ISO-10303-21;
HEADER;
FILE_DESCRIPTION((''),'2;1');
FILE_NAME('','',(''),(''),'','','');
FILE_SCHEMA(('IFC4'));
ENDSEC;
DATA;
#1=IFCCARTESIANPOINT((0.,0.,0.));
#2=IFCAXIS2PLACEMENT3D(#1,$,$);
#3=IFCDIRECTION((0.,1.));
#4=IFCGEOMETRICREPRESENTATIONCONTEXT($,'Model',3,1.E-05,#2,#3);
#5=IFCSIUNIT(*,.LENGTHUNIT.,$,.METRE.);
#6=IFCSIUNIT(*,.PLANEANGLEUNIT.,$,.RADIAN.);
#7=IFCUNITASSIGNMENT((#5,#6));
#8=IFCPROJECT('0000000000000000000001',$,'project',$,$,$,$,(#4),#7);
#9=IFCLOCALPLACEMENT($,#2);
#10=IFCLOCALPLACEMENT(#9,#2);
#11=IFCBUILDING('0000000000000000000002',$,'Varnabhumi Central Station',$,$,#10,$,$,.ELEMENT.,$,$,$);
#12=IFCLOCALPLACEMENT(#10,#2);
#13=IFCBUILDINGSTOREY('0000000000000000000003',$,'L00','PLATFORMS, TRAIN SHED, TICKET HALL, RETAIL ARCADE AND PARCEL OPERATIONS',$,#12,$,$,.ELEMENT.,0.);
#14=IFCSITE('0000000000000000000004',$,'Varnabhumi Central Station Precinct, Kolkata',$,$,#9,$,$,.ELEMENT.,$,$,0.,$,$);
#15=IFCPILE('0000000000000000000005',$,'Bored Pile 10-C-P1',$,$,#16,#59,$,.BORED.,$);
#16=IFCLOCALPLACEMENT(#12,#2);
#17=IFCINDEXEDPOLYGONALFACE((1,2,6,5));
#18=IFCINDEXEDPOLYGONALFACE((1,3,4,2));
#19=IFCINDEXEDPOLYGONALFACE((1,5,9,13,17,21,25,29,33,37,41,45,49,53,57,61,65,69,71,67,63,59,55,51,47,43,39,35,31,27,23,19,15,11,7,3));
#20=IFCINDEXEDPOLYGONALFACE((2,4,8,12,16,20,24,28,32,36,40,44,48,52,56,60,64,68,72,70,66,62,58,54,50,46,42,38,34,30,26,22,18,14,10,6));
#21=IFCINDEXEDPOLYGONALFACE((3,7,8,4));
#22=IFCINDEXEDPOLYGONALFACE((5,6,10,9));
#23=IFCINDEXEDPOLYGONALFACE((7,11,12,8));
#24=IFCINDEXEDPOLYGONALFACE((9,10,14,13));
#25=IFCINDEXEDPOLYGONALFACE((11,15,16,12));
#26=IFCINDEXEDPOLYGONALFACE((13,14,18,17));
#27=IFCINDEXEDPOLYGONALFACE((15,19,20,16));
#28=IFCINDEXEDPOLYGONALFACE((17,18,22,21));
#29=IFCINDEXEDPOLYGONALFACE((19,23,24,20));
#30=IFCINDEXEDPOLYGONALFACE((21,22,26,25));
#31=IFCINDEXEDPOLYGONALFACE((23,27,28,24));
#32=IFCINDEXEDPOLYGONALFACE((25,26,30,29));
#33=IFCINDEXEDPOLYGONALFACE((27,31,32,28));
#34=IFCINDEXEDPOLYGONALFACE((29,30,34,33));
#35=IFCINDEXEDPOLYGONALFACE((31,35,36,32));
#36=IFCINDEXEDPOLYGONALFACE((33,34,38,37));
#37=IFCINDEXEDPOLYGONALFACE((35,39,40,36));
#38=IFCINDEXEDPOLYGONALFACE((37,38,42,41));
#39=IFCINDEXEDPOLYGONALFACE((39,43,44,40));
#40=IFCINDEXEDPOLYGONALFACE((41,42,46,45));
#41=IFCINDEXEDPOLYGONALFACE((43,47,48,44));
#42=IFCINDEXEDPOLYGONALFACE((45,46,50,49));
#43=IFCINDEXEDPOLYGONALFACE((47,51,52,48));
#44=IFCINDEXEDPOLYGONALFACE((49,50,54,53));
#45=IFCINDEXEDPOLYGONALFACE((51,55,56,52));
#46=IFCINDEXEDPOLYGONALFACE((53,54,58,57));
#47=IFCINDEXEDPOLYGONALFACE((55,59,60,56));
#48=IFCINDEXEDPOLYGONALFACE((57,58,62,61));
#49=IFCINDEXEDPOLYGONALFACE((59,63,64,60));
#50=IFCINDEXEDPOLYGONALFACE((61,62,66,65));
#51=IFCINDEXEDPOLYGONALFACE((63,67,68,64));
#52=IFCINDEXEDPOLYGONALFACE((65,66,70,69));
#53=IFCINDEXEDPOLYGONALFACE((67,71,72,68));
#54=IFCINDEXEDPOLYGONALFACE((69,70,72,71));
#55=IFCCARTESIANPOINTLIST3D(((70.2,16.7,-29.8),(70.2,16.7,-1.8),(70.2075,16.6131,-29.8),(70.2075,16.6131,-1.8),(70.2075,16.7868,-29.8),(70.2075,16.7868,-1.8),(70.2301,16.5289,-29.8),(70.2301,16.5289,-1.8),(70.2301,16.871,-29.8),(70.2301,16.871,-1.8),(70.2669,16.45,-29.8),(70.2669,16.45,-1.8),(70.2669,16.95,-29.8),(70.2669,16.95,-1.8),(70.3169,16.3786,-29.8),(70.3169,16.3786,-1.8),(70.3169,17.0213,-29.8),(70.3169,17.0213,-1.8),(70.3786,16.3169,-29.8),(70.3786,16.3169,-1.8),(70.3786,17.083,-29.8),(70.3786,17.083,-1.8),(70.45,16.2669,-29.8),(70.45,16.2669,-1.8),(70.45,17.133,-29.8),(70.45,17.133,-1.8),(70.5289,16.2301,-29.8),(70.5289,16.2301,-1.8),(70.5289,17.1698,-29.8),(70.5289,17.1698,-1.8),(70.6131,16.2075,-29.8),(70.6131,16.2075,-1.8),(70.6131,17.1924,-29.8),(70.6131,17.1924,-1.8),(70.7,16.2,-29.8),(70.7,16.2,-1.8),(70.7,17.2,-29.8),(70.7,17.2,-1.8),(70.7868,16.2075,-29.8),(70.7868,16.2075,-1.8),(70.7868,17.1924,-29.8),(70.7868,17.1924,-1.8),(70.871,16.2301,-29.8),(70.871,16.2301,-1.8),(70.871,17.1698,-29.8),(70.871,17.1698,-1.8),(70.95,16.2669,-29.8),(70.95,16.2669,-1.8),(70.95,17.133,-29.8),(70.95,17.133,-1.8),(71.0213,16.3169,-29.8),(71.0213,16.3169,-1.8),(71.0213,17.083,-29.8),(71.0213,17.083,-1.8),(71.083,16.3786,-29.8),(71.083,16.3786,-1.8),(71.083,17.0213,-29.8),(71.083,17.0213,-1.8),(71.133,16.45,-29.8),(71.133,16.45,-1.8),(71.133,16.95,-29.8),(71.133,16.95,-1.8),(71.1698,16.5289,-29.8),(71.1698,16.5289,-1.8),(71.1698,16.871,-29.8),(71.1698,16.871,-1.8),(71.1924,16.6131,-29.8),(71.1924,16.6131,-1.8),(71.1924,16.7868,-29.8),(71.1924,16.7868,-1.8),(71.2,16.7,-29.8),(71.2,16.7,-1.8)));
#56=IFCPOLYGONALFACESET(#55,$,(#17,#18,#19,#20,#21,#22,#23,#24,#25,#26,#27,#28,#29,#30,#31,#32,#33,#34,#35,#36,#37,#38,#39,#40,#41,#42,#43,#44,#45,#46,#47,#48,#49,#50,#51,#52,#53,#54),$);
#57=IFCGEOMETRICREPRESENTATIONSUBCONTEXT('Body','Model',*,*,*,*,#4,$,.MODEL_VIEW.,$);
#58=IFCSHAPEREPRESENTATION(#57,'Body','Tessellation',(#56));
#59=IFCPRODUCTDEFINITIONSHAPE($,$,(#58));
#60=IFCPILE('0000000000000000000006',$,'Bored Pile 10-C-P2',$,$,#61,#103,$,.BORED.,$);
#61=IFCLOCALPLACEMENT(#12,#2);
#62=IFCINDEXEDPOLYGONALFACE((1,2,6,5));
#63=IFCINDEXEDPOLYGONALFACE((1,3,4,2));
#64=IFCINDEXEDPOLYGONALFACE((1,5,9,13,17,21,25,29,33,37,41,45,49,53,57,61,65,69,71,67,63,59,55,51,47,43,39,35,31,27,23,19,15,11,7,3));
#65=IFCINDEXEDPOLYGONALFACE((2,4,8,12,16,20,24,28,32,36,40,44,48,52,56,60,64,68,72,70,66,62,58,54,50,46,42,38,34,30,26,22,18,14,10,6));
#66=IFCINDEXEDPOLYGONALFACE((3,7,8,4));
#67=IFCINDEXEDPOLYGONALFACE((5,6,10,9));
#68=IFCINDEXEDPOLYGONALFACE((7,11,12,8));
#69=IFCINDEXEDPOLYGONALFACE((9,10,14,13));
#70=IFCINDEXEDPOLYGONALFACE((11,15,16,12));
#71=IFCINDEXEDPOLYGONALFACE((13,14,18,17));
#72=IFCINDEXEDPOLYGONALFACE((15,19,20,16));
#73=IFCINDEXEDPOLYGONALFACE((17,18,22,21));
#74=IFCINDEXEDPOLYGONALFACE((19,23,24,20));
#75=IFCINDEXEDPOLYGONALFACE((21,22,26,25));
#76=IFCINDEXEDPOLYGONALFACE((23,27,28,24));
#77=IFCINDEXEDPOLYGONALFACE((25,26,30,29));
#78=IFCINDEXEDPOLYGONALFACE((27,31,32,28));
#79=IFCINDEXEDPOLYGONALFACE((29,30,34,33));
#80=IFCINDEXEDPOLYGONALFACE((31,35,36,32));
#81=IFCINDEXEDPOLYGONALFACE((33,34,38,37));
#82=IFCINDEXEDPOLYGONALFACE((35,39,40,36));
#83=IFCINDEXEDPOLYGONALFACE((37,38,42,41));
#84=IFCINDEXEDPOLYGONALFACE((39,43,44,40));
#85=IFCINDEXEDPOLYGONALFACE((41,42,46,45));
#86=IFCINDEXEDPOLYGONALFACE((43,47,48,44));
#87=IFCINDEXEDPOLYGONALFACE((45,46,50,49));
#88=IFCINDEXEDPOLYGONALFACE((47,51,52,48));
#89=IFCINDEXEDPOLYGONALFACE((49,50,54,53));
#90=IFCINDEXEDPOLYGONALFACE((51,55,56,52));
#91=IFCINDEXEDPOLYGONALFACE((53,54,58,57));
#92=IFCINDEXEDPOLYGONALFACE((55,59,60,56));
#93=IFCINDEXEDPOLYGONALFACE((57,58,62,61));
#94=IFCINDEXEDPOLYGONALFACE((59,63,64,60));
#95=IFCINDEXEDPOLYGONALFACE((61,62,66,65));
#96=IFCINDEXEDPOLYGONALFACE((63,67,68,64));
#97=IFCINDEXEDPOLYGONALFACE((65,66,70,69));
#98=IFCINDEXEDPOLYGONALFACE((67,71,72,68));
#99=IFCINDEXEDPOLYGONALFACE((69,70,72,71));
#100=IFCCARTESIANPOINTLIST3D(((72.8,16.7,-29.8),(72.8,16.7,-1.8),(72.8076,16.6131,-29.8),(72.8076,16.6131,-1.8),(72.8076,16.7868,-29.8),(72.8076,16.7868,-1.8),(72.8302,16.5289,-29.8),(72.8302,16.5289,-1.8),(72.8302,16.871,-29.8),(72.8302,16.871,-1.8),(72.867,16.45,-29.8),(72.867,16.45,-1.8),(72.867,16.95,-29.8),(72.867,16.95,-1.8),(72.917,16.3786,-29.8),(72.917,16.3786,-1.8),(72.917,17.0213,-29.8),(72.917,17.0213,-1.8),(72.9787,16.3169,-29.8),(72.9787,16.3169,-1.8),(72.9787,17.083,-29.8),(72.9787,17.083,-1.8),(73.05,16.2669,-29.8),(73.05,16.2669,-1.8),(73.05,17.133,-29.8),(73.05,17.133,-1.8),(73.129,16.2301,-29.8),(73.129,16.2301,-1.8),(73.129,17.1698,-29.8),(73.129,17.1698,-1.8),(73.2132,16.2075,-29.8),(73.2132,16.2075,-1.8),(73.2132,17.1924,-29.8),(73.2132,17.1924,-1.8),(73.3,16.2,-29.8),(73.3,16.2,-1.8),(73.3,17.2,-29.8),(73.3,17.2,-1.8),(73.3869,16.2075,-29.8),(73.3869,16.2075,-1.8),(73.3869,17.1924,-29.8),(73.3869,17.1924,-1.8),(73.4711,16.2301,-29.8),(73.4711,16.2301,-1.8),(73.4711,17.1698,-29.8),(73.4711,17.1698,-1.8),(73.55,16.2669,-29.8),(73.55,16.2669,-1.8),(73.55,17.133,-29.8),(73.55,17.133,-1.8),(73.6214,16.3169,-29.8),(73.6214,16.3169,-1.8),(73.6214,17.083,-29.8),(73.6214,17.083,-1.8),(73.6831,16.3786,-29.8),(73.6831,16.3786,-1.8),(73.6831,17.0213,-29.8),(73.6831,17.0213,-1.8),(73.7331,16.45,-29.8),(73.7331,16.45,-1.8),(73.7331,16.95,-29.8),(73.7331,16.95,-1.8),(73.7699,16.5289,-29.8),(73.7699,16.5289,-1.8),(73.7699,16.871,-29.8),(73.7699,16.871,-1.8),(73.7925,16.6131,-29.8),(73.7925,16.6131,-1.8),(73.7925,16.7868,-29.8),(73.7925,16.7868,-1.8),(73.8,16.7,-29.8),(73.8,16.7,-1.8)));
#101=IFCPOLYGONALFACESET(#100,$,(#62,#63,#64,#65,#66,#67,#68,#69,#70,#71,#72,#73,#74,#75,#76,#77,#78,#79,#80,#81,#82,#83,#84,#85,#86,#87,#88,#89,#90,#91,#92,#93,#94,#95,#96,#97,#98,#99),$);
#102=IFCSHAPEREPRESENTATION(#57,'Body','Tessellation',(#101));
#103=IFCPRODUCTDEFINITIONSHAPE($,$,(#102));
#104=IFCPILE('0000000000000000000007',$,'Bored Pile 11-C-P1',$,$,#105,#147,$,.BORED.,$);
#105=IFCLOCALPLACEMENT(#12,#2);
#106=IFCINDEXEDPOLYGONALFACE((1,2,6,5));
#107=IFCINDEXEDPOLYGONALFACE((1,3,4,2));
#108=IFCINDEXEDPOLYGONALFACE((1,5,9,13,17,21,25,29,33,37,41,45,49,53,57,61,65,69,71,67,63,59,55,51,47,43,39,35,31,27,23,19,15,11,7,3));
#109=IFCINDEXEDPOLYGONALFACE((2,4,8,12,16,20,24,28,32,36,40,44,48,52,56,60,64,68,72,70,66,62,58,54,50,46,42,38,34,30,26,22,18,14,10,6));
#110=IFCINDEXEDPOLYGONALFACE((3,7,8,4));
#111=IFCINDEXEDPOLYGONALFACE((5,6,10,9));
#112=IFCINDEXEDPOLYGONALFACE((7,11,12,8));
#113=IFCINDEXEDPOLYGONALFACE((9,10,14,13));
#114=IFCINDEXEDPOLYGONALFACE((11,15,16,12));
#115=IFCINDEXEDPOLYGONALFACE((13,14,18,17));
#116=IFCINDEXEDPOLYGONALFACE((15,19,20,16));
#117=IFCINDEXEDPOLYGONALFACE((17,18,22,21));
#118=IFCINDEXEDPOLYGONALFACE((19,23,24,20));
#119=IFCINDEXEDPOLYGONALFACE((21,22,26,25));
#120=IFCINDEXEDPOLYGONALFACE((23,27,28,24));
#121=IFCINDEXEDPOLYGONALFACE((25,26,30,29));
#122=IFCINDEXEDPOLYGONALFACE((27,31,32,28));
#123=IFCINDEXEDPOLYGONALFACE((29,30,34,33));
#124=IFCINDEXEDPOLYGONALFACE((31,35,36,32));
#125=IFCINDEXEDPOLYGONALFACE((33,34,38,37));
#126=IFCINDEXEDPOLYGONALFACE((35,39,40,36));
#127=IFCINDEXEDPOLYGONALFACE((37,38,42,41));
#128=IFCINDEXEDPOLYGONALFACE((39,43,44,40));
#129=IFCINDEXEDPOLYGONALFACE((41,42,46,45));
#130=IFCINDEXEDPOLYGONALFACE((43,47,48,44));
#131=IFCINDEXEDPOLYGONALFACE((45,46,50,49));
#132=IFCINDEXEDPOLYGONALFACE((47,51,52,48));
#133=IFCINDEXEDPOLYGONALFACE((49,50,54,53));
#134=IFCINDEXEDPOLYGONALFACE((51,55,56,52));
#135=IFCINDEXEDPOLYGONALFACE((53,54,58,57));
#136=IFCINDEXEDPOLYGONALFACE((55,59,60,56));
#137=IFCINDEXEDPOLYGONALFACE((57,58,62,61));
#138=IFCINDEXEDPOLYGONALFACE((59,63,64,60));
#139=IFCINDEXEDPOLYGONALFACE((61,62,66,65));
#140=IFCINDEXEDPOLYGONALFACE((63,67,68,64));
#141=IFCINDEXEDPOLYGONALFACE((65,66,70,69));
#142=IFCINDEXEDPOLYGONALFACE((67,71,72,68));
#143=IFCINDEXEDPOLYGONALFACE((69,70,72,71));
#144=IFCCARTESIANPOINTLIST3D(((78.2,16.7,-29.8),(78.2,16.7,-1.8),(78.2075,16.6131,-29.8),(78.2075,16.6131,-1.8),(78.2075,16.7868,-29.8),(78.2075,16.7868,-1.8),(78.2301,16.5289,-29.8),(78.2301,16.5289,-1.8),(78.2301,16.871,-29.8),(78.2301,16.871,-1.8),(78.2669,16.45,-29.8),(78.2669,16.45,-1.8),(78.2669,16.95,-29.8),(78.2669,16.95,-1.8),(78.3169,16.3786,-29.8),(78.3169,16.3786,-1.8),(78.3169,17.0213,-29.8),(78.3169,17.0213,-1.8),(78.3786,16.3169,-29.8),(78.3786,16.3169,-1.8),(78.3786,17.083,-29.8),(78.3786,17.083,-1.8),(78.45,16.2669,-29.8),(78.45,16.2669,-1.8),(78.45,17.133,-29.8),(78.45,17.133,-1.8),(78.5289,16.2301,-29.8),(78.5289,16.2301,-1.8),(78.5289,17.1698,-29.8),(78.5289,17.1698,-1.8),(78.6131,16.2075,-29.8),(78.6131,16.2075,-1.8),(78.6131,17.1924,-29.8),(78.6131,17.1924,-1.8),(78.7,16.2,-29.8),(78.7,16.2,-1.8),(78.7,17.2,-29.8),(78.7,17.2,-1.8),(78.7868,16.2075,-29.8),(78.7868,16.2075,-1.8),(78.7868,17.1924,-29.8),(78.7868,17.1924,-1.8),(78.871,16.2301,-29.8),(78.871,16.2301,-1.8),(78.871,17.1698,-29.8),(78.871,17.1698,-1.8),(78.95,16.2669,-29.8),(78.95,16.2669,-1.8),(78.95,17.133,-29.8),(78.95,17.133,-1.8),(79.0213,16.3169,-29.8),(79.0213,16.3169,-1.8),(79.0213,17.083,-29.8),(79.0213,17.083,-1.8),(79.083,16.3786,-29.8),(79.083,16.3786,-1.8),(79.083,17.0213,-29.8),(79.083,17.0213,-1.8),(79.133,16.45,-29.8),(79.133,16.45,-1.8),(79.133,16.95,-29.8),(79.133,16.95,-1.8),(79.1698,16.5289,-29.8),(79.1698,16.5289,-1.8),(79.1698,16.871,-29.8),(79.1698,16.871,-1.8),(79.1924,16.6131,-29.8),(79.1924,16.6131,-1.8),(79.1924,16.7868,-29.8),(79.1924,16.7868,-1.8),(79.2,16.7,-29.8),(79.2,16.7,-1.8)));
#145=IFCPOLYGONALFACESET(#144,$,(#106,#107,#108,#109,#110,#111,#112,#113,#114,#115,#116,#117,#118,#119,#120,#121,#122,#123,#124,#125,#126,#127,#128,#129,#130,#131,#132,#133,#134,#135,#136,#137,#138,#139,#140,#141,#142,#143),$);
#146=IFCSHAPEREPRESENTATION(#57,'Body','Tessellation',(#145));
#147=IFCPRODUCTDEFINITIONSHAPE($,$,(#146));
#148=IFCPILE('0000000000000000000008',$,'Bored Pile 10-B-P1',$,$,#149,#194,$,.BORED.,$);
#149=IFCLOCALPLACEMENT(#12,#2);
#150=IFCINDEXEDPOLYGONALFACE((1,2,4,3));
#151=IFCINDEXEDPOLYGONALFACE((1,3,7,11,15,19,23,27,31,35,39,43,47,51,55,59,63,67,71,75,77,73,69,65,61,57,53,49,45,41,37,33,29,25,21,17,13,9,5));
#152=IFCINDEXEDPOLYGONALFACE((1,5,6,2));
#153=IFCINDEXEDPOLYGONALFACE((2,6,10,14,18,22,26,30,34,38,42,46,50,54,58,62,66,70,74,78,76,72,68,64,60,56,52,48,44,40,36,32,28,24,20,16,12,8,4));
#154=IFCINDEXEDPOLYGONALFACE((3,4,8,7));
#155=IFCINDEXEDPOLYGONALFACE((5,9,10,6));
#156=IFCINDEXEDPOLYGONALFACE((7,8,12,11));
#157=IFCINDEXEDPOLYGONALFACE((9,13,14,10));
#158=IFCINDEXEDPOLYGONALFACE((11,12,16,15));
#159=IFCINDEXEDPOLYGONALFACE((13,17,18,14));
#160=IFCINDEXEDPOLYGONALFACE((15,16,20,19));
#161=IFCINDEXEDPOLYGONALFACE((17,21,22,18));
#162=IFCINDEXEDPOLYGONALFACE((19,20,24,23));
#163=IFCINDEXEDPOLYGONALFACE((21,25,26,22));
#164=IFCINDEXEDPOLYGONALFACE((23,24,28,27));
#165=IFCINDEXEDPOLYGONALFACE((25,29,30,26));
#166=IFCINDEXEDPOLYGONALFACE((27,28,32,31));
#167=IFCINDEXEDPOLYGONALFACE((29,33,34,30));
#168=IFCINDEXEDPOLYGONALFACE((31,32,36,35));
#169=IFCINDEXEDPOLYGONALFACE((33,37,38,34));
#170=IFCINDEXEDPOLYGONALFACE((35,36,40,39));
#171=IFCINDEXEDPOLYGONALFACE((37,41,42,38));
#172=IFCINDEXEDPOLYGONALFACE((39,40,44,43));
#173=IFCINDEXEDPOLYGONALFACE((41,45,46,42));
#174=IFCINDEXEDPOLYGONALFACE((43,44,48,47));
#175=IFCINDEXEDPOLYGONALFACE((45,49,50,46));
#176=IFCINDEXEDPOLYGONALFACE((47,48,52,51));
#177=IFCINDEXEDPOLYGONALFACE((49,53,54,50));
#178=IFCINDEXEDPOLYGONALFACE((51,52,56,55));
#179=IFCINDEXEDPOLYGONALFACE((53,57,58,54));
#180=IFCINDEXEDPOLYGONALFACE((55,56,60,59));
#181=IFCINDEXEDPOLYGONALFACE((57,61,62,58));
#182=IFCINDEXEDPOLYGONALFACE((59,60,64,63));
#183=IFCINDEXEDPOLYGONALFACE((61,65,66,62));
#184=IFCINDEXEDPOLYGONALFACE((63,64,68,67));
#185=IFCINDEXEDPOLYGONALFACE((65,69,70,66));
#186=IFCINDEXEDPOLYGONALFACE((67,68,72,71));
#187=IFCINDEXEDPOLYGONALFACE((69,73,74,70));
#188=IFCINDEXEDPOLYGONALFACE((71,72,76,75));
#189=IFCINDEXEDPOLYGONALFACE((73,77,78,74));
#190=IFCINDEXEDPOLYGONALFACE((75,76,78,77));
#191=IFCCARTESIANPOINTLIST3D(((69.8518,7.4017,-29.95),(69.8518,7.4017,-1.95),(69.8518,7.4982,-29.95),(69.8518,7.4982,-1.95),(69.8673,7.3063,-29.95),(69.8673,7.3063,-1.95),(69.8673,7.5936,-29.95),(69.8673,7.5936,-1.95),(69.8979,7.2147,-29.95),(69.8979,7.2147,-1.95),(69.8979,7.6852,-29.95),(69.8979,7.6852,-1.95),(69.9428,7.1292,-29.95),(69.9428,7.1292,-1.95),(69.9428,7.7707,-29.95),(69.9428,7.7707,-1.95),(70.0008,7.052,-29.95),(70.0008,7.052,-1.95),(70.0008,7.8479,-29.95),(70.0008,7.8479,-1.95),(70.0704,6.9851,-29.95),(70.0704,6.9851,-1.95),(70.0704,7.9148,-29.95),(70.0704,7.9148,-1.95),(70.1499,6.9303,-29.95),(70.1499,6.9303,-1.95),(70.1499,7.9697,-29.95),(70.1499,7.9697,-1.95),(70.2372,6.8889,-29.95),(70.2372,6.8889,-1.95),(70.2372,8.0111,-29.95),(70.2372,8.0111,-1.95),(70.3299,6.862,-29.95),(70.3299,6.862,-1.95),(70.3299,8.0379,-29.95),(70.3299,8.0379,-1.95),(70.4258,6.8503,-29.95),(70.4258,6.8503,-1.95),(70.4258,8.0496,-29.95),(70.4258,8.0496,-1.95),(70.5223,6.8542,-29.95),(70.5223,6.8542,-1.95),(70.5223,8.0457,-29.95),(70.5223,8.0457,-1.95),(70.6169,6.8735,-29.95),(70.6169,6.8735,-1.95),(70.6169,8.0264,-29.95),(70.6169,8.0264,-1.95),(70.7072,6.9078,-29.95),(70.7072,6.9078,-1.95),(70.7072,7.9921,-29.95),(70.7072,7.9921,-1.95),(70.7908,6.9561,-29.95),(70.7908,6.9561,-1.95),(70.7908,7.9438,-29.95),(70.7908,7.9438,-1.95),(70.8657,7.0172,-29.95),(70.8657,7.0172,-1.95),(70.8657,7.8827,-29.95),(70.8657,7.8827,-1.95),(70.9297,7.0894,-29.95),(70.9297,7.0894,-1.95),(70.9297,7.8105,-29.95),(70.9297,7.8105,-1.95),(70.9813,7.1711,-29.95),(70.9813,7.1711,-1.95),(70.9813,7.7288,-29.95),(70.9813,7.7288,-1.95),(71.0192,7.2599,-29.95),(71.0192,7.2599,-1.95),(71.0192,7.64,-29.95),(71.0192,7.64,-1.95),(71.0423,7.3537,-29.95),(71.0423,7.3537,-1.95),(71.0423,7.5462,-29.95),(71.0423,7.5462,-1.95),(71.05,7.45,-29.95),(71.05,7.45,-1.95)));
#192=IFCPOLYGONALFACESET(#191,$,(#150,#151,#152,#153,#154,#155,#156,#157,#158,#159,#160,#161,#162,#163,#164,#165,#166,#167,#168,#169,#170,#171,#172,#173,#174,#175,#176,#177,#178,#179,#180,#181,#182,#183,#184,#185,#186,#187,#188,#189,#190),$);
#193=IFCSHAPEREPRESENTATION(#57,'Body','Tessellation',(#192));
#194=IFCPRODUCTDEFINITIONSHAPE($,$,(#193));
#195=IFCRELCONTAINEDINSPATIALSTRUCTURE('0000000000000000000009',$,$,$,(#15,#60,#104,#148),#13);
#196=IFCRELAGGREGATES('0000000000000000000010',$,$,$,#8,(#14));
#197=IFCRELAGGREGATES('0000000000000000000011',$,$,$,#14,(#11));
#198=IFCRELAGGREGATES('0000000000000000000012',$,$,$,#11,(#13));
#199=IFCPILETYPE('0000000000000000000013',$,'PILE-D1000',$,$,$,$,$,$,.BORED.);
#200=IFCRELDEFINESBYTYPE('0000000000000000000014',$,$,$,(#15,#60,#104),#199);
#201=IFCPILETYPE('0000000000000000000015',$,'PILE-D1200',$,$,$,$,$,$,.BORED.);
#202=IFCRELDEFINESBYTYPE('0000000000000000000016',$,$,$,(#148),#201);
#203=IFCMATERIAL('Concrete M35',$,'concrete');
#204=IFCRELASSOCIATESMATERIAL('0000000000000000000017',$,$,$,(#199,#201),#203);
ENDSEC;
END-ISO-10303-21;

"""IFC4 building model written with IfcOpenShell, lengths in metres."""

from ifc_helpers import new_model, si_unit, direction, frame, origin, origin_2d, place, context, subcontext, project, spatial, circle, extrude, material, material_profile, profile_set, type_object, element, save


model = new_model("IFC4")

# Units and contexts
model_context = context("Model", 3, precision=1e-05, world=origin(), true_north=direction((0.0, 1.0)))
body_context = subcontext(model_context, "Body", "Model", "MODEL_VIEW")
ifc_project = project(units=[si_unit("LENGTHUNIT", "METRE"), si_unit("PLANEANGLEUNIT", "RADIAN")], contexts=[model_context])

# Site, building, storey
site_placement = place(None, origin())
site = spatial("IfcSite", under=ifc_project, at=site_placement, Name="Varnabhumi Central Station Precinct, Kolkata", CompositionType="ELEMENT", RefElevation=0.0)
building_placement = place(site_placement, origin())
building = spatial("IfcBuilding", under=site, at=building_placement, Name="Varnabhumi Central Station", CompositionType="ELEMENT")
storey_placement = place(building_placement, origin())
storey = spatial("IfcBuildingStorey", under=building, at=storey_placement, Name="L00", Description="PLATFORMS, TRAIN SHED, TICKET HALL, RETAIL ARCADE AND PARCEL OPERATIONS", CompositionType="ELEMENT", Elevation=0.0)

# Piles
ifc_material_1 = material(Name="Concrete M35", Category="concrete")
ifc_material_profile_1 = material_profile(ifc_material_1, circle(Radius=0.5, at=origin_2d()), Name="Concrete M35", Category="concrete")
ifc_profile_set_1 = profile_set([ifc_material_profile_1], Name="Concrete M35")
pile_type_1 = type_object("IfcPileType", Name="PILE-D1000", PredefinedType="BORED", material=ifc_profile_set_1)
for number, where, z_axis, x_axis, name in (
    (1, (70.7, 16.7, -1.8), (0.0, 0.0, -1.0), (1.0, 0.0, 0.0), "Bored Pile 10-C-P1"),
    (2, (73.3, 16.7, -1.8), (0.0, 0.0, -1.0), (1.0, 0.0, 0.0), "Bored Pile 10-C-P2"),
    (3, (78.7, 16.7, -1.8), (0.0, 0.0, -1.0), (1.0, 0.0, 0.0), "Bored Pile 11-C-P1"),
):
    element("IfcPile", number, at=place(storey_placement, frame(where, z_axis=z_axis, x_axis=x_axis)), inside=storey, type_object=pile_type_1, Name=name, PredefinedType="BORED", context=body_context, shape_type="SweptSolid", body=[
        extrude(circle(Radius=0.5, at=origin_2d()), origin(), (0.0, 0.0, 1.0), 28.0),
    ])
ifc_material_profile_2 = material_profile(ifc_material_1, circle(Radius=0.6001, at=origin_2d()), Name="Concrete M35", Category="concrete")
ifc_profile_set_2 = profile_set([ifc_material_profile_2], Name="Concrete M35")
pile_type_2 = type_object("IfcPileType", Name="PILE-D1200", PredefinedType="BORED", material=ifc_profile_set_2)
for number, where, z_axis, x_axis, name in (
    (4, (70.45, 7.45, -1.95), (0.0, 0.0, -1.0), (1.0, 0.0, 0.0), "Bored Pile 10-B-P1"),
):
    element("IfcPile", number, at=place(storey_placement, frame(where, z_axis=z_axis, x_axis=x_axis)), inside=storey, type_object=pile_type_2, Name=name, PredefinedType="BORED", context=body_context, shape_type="SweptSolid", body=[
        extrude(circle(Radius=0.6001, at=origin_2d()), origin(), (0.0, 0.0, 1.0), 28.0),
    ])

save(model, "model.ifc")
